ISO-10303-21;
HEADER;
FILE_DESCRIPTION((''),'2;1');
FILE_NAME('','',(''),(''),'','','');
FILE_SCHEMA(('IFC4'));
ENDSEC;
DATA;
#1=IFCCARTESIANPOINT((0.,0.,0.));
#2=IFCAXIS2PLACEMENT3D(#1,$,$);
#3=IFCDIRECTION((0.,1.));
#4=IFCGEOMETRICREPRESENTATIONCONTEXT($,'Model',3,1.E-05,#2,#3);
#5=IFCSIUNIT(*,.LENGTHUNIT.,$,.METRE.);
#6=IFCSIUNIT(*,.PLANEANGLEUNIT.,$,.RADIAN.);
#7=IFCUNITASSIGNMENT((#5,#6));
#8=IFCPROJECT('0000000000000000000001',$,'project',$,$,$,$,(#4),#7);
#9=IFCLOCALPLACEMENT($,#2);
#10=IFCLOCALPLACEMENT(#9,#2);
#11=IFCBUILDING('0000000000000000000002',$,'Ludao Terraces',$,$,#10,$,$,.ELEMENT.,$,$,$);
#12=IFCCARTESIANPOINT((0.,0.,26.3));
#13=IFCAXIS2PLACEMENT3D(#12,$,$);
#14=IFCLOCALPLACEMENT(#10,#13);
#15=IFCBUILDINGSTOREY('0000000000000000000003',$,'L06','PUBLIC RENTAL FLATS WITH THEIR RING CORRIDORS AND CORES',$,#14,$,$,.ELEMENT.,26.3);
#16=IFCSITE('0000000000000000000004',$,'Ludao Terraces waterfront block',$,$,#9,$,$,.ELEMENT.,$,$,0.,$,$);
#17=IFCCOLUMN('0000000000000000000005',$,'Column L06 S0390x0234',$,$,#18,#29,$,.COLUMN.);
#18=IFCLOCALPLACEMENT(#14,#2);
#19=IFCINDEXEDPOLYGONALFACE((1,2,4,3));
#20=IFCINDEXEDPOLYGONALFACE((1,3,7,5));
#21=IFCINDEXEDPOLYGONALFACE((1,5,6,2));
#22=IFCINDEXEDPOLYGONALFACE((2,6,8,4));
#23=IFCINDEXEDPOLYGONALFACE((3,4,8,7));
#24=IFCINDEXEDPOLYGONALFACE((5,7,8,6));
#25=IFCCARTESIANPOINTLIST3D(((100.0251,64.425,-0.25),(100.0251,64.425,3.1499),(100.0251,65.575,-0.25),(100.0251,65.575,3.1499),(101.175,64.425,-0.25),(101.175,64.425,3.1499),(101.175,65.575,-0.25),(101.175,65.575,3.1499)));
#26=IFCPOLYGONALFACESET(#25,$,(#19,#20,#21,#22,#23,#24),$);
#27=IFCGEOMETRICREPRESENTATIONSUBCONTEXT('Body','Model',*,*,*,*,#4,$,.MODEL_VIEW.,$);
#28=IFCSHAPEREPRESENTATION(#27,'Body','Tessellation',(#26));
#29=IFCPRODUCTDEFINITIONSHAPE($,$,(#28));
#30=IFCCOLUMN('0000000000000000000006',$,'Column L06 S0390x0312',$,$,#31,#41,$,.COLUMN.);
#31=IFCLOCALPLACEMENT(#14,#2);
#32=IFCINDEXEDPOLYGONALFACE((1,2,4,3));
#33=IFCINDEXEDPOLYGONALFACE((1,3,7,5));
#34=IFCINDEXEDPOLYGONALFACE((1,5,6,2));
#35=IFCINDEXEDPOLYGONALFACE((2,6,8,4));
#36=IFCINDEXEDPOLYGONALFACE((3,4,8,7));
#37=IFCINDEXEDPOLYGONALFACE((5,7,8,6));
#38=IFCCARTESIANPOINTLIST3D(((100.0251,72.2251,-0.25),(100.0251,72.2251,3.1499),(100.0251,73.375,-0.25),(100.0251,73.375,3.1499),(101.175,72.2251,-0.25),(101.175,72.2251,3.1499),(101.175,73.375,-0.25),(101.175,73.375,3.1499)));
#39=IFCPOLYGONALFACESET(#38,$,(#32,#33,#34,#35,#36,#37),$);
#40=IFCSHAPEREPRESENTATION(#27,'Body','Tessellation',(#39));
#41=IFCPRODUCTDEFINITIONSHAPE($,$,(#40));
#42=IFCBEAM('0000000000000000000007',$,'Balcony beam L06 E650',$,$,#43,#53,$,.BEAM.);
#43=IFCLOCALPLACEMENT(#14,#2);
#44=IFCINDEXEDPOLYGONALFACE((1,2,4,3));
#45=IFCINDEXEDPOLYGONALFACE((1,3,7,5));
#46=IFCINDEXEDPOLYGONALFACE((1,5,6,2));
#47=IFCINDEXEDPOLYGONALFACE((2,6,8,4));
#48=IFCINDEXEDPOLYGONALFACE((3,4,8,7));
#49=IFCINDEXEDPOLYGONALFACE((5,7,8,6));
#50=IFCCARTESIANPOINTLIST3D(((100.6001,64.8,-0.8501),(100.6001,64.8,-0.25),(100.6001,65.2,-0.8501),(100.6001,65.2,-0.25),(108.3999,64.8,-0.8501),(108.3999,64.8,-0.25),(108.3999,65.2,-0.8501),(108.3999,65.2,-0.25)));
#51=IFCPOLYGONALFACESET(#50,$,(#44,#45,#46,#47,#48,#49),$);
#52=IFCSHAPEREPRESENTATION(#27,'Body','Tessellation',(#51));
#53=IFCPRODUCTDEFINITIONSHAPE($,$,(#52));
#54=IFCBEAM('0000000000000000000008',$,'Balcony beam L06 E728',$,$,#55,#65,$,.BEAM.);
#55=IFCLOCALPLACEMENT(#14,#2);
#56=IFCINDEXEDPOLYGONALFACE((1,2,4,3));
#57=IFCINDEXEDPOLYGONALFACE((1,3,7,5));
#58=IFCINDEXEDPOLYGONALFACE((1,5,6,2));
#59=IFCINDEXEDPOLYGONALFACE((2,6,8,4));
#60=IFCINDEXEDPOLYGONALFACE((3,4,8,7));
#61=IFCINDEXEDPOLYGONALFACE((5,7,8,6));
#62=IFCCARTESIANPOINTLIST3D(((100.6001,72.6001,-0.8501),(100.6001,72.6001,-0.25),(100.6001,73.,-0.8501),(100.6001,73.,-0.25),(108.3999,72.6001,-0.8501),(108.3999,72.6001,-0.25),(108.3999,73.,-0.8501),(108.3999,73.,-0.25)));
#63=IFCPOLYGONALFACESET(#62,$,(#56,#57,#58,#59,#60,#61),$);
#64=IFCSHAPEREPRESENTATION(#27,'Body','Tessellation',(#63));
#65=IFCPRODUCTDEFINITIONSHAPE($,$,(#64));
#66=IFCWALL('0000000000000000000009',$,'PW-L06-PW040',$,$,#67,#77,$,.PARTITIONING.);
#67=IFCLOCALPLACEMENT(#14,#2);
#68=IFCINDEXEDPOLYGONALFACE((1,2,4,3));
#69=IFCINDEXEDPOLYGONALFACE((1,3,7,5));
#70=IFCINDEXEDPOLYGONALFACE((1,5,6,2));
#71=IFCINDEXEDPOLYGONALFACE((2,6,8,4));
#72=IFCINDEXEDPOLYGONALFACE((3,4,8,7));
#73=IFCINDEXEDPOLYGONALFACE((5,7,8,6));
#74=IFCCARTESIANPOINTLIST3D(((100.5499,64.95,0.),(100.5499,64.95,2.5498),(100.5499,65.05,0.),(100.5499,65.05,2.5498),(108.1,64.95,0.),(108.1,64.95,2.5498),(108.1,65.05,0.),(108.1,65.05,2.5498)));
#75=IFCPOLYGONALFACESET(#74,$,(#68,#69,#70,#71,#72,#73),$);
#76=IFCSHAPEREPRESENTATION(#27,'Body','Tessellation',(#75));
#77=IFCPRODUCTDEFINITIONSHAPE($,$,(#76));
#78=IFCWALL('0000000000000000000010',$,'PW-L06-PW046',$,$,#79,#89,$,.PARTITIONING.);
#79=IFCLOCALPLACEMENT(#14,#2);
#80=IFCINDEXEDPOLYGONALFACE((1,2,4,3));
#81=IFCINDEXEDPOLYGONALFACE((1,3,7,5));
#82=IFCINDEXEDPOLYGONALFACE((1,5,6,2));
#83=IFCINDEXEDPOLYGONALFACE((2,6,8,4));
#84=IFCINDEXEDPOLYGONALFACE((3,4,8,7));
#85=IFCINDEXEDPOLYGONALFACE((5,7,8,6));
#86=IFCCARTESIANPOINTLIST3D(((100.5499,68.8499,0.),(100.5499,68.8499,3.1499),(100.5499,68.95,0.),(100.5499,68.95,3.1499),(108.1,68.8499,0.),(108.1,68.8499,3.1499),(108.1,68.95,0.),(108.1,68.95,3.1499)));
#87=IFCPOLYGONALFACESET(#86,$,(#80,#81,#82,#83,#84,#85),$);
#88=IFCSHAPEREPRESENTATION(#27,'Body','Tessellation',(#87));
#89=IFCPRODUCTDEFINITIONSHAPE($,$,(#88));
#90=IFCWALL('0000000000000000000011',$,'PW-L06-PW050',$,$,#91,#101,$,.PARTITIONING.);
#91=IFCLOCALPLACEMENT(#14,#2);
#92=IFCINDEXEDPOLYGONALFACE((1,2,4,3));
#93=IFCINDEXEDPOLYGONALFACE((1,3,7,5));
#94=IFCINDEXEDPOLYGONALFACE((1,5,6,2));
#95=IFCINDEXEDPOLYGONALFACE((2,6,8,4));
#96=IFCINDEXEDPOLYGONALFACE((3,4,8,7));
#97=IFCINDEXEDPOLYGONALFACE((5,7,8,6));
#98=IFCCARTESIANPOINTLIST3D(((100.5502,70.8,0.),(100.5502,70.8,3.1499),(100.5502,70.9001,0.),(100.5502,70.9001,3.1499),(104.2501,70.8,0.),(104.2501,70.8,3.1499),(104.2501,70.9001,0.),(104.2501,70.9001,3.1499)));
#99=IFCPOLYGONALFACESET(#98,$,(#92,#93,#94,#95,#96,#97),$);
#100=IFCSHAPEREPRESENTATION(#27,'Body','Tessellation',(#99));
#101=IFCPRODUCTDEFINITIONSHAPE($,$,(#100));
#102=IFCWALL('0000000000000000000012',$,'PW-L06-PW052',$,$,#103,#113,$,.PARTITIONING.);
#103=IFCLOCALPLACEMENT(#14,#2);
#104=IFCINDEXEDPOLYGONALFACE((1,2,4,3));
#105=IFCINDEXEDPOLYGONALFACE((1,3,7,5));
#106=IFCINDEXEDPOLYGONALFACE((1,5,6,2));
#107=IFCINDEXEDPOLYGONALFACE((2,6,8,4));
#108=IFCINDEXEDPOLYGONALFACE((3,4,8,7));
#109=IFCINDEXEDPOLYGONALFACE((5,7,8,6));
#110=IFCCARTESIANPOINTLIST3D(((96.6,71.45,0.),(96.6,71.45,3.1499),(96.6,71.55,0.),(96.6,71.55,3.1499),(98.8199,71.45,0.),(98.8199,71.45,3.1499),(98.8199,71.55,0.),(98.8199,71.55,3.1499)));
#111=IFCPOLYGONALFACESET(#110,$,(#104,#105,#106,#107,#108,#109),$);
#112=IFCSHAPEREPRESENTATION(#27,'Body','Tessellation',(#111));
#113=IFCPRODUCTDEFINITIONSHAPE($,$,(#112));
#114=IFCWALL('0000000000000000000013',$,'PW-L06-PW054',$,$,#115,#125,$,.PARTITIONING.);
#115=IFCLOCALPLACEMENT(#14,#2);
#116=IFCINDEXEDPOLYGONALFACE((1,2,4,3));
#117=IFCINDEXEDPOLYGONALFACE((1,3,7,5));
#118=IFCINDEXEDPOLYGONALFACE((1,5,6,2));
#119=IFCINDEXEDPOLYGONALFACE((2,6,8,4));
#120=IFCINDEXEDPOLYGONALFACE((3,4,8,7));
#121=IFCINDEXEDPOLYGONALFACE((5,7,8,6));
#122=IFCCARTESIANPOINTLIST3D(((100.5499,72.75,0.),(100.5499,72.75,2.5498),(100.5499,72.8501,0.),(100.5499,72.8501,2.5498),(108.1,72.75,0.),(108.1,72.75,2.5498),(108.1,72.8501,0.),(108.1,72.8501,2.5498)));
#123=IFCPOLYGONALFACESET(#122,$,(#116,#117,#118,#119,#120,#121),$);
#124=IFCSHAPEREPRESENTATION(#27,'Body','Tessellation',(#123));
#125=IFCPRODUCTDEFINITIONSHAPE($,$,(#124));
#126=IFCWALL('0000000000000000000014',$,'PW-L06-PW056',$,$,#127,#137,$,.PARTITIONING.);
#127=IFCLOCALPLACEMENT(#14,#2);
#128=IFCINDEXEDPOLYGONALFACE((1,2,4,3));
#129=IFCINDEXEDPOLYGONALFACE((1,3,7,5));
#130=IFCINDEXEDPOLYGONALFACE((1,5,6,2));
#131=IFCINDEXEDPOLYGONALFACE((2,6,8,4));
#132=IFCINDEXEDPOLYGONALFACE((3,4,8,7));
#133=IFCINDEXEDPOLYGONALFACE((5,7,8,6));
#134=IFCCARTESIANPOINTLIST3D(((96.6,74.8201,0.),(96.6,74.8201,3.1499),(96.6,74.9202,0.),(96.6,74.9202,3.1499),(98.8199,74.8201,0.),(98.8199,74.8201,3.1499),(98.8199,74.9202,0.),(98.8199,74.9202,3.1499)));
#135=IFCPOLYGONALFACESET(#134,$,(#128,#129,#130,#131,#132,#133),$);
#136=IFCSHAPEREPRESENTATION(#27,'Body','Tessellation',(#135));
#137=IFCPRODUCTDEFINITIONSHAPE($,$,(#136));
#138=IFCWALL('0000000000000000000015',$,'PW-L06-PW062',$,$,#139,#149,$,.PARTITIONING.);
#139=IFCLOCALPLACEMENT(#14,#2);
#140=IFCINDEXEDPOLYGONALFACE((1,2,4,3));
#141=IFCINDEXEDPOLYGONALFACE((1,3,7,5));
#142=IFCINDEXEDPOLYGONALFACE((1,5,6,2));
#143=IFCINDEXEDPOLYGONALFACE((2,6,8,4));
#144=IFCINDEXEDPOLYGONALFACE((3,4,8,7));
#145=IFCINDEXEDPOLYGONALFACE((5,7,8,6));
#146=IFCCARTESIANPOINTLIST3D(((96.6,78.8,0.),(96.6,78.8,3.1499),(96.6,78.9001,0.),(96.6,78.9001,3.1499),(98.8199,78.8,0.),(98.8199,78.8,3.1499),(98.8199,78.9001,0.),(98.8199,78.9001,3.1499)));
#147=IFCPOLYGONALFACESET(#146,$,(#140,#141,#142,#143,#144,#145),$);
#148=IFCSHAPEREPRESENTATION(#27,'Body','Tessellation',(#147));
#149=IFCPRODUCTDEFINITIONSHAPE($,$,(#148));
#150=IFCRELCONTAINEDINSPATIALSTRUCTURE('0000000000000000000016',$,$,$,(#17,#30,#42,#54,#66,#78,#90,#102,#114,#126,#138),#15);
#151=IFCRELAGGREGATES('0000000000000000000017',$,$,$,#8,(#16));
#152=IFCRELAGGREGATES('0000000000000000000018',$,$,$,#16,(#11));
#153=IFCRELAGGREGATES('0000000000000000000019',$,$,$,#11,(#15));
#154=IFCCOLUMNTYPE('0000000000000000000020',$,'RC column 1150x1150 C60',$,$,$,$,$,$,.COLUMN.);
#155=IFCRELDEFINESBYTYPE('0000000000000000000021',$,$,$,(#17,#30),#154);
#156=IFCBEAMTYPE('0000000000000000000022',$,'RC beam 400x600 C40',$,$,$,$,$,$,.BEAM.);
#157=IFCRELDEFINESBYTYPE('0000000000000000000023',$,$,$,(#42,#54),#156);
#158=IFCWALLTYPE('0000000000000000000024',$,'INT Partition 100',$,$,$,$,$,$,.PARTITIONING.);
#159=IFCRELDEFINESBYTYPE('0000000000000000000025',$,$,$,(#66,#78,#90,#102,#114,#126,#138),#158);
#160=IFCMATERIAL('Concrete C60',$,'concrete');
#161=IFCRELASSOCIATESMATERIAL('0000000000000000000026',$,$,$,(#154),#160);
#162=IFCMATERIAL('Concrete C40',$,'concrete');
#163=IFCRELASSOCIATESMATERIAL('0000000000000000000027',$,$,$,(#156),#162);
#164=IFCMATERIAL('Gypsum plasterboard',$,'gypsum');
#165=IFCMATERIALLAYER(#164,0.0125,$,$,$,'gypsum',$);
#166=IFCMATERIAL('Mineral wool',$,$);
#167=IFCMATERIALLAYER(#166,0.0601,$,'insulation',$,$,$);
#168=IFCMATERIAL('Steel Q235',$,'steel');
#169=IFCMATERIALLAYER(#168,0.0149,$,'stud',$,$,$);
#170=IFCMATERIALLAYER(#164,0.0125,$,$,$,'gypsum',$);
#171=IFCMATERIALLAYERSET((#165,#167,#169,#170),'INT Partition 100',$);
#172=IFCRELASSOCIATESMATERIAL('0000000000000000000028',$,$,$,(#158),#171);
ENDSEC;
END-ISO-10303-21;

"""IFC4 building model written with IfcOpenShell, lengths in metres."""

from ifc_helpers import new_model, si_unit, direction, frame, frame_2d, origin, origin_2d, place, context, subcontext, project, spatial, rectangle, extrude, material, layer, layer_set, material_profile, profile_set, type_object, element, save


model = new_model("IFC4")

# Units and contexts
model_context = context("Model", 3, precision=1e-05, world=origin(), true_north=direction((0.0, 1.0)))
body_context = subcontext(model_context, "Body", "Model", "MODEL_VIEW")
ifc_project = project(units=[si_unit("LENGTHUNIT", "METRE"), si_unit("PLANEANGLEUNIT", "RADIAN")], contexts=[model_context])

# Site, building, storey
site_placement = place(None, origin())
site = spatial("IfcSite", under=ifc_project, at=site_placement, Name="Ludao Terraces waterfront block", CompositionType="ELEMENT", RefElevation=0.0)
building_placement = place(site_placement, origin())
building = spatial("IfcBuilding", under=site, at=building_placement, Name="Ludao Terraces", CompositionType="ELEMENT")
storey_placement = place(building_placement, frame((0.0, 0.0, 26.3)))
storey = spatial("IfcBuildingStorey", under=building, at=storey_placement, Name="L06", Description="PUBLIC RENTAL FLATS WITH THEIR RING CORRIDORS AND CORES", CompositionType="ELEMENT", Elevation=26.3)

# Columns
ifc_material_1 = material(Name="Concrete C60", Category="concrete")
ifc_material_profile_1 = material_profile(ifc_material_1, rectangle(XDim=1.1499, YDim=1.1499, at=origin_2d()), Name="1150 X 1150")
ifc_profile_set_1 = profile_set([ifc_material_profile_1], Name="Concrete C60")
column_type = type_object("IfcColumnType", Name="RC column 1150x1150 C60", PredefinedType="COLUMN", material=ifc_profile_set_1)
for number, where, z_axis, x_axis, name in (
    (1, (100.6001, 65.0, -0.25), (0.0, 0.0, 1.0), (1.0, 0.0, 0.0), "Column L06 S0390x0234"),
    (2, (100.6001, 72.8, -0.25), (0.0, 0.0, 1.0), (1.0, 0.0, 0.0), "Column L06 S0390x0312"),
):
    element("IfcColumn", number, at=place(storey_placement, frame(where, z_axis=z_axis, x_axis=x_axis)), inside=storey, type_object=column_type, Name=name, PredefinedType="COLUMN", context=body_context, shape_type="SweptSolid", body=[
        extrude(rectangle(XDim=1.1499, YDim=1.1499, at=origin_2d()), origin(), (0.0, 0.0, 1.0), 3.3999),
    ])

# Beams
ifc_material_2 = material(Name="Concrete C40", Category="concrete")
ifc_material_profile_2 = material_profile(ifc_material_2, rectangle(XDim=0.3999, YDim=0.6001, at=origin_2d()), Name="400 X 600")
ifc_profile_set_2 = profile_set([ifc_material_profile_2], Name="Concrete C40")
beam_type = type_object("IfcBeamType", Name="RC beam 400x600 C40", PredefinedType="BEAM", material=ifc_profile_set_2)
for number, where, z_axis, x_axis, name in (
    (3, (100.6001, 65.0, -0.55), (1.0, 0.0, 0.0), (0.0, 1.0, 0.0), "Balcony beam L06 E650"),
    (4, (100.6001, 72.8, -0.55), (1.0, 0.0, 0.0), (0.0, 1.0, 0.0), "Balcony beam L06 E728"),
):
    element("IfcBeam", number, at=place(storey_placement, frame(where, z_axis=z_axis, x_axis=x_axis)), inside=storey, type_object=beam_type, Name=name, PredefinedType="BEAM", context=body_context, shape_type="SweptSolid", body=[
        extrude(rectangle(XDim=0.3999, YDim=0.6001, at=origin_2d()), origin(), (0.0, 0.0, 1.0), 7.7998),
    ])

# Walls
ifc_material_3 = material(Name="Gypsum plasterboard", Category="gypsum")
ifc_layer_1 = layer(ifc_material_3, 0.0125, Category="gypsum")
ifc_material_4 = material(Name="Mineral wool")
ifc_layer_2 = layer(ifc_material_4, 0.0601, Name="insulation")
ifc_material_5 = material(Name="Steel Q235", Category="steel")
ifc_layer_3 = layer(ifc_material_5, 0.0149, Name="stud")
ifc_layer_4 = layer(ifc_material_3, 0.0125, Category="gypsum")
ifc_layer_set_1 = layer_set([ifc_layer_1, ifc_layer_2, ifc_layer_3, ifc_layer_4], Name="INT Partition 100")
wall_type_1 = type_object("IfcWallType", Name="INT Partition 100", PredefinedType="PARTITIONING", material=ifc_layer_set_1)
wall_1_placement = place(storey_placement, frame((100.55, 65.0, 0.0), z_axis=(0.0, 0.0, 1.0), x_axis=(1.0, 0.0, 0.0)))
element("IfcWall", 5, at=wall_1_placement, inside=storey, type_object=wall_type_1, Name="PW-L06-PW040", PredefinedType="PARTITIONING", context=body_context, shape_type="SweptSolid", body=[
    extrude(rectangle(XDim=7.55, YDim=0.1001, at=frame_2d((3.7749, 0.0))), origin(), (0.0, 0.0, 1.0), 2.5498),
])
wall_2_placement = place(storey_placement, frame((100.55, 68.8999, 0.0), z_axis=(0.0, 0.0, 1.0), x_axis=(1.0, 0.0, 0.0)))
element("IfcWall", 6, at=wall_2_placement, inside=storey, type_object=wall_type_1, Name="PW-L06-PW046", PredefinedType="PARTITIONING", context=body_context, shape_type="SweptSolid", body=[
    extrude(rectangle(XDim=7.55, YDim=0.1001, at=frame_2d((3.7749, 0.0))), origin(), (0.0, 0.0, 1.0), 3.1499),
])
wall_3_placement = place(storey_placement, frame((100.55, 70.8501, 0.0), z_axis=(0.0, 0.0, 1.0), x_axis=(1.0, 0.0, 0.0)))
element("IfcWall", 7, at=wall_3_placement, inside=storey, type_object=wall_type_1, Name="PW-L06-PW050", PredefinedType="PARTITIONING", context=body_context, shape_type="SweptSolid", body=[
    extrude(rectangle(XDim=3.7, YDim=0.1001, at=frame_2d((1.8501, 0.0))), origin(), (0.0, 0.0, 1.0), 3.1499),
])
wall_4_placement = place(storey_placement, frame((96.6001, 71.5, 0.0), z_axis=(0.0, 0.0, 1.0), x_axis=(1.0, 0.0, 0.0)))
element("IfcWall", 8, at=wall_4_placement, inside=storey, type_object=wall_type_1, Name="PW-L06-PW052", PredefinedType="PARTITIONING", context=body_context, shape_type="SweptSolid", body=[
    extrude(rectangle(XDim=2.22, YDim=0.1001, at=frame_2d((1.1099, 0.0))), origin(), (0.0, 0.0, 1.0), 3.1499),
])
wall_5_placement = place(storey_placement, frame((100.55, 72.8, 0.0), z_axis=(0.0, 0.0, 1.0), x_axis=(1.0, 0.0, 0.0)))
element("IfcWall", 9, at=wall_5_placement, inside=storey, type_object=wall_type_1, Name="PW-L06-PW054", PredefinedType="PARTITIONING", context=body_context, shape_type="SweptSolid", body=[
    extrude(rectangle(XDim=7.55, YDim=0.1001, at=frame_2d((3.7749, 0.0))), origin(), (0.0, 0.0, 1.0), 2.5498),
])
for number, where, z_axis, x_axis, name in (
    (10, (96.6001, 74.8701, 0.0), (0.0, 0.0, 1.0), (1.0, 0.0, 0.0), "PW-L06-PW056"),
    (11, (96.6001, 78.8501, 0.0), (0.0, 0.0, 1.0), (1.0, 0.0, 0.0), "PW-L06-PW062"),
):
    element("IfcWall", number, at=place(storey_placement, frame(where, z_axis=z_axis, x_axis=x_axis)), inside=storey, type_object=wall_type_1, Name=name, PredefinedType="PARTITIONING", context=body_context, shape_type="SweptSolid", body=[
        extrude(rectangle(XDim=2.22, YDim=0.1001, at=frame_2d((1.1099, 0.0))), origin(), (0.0, 0.0, 1.0), 3.1499),
    ])

save(model, "model.ifc")
